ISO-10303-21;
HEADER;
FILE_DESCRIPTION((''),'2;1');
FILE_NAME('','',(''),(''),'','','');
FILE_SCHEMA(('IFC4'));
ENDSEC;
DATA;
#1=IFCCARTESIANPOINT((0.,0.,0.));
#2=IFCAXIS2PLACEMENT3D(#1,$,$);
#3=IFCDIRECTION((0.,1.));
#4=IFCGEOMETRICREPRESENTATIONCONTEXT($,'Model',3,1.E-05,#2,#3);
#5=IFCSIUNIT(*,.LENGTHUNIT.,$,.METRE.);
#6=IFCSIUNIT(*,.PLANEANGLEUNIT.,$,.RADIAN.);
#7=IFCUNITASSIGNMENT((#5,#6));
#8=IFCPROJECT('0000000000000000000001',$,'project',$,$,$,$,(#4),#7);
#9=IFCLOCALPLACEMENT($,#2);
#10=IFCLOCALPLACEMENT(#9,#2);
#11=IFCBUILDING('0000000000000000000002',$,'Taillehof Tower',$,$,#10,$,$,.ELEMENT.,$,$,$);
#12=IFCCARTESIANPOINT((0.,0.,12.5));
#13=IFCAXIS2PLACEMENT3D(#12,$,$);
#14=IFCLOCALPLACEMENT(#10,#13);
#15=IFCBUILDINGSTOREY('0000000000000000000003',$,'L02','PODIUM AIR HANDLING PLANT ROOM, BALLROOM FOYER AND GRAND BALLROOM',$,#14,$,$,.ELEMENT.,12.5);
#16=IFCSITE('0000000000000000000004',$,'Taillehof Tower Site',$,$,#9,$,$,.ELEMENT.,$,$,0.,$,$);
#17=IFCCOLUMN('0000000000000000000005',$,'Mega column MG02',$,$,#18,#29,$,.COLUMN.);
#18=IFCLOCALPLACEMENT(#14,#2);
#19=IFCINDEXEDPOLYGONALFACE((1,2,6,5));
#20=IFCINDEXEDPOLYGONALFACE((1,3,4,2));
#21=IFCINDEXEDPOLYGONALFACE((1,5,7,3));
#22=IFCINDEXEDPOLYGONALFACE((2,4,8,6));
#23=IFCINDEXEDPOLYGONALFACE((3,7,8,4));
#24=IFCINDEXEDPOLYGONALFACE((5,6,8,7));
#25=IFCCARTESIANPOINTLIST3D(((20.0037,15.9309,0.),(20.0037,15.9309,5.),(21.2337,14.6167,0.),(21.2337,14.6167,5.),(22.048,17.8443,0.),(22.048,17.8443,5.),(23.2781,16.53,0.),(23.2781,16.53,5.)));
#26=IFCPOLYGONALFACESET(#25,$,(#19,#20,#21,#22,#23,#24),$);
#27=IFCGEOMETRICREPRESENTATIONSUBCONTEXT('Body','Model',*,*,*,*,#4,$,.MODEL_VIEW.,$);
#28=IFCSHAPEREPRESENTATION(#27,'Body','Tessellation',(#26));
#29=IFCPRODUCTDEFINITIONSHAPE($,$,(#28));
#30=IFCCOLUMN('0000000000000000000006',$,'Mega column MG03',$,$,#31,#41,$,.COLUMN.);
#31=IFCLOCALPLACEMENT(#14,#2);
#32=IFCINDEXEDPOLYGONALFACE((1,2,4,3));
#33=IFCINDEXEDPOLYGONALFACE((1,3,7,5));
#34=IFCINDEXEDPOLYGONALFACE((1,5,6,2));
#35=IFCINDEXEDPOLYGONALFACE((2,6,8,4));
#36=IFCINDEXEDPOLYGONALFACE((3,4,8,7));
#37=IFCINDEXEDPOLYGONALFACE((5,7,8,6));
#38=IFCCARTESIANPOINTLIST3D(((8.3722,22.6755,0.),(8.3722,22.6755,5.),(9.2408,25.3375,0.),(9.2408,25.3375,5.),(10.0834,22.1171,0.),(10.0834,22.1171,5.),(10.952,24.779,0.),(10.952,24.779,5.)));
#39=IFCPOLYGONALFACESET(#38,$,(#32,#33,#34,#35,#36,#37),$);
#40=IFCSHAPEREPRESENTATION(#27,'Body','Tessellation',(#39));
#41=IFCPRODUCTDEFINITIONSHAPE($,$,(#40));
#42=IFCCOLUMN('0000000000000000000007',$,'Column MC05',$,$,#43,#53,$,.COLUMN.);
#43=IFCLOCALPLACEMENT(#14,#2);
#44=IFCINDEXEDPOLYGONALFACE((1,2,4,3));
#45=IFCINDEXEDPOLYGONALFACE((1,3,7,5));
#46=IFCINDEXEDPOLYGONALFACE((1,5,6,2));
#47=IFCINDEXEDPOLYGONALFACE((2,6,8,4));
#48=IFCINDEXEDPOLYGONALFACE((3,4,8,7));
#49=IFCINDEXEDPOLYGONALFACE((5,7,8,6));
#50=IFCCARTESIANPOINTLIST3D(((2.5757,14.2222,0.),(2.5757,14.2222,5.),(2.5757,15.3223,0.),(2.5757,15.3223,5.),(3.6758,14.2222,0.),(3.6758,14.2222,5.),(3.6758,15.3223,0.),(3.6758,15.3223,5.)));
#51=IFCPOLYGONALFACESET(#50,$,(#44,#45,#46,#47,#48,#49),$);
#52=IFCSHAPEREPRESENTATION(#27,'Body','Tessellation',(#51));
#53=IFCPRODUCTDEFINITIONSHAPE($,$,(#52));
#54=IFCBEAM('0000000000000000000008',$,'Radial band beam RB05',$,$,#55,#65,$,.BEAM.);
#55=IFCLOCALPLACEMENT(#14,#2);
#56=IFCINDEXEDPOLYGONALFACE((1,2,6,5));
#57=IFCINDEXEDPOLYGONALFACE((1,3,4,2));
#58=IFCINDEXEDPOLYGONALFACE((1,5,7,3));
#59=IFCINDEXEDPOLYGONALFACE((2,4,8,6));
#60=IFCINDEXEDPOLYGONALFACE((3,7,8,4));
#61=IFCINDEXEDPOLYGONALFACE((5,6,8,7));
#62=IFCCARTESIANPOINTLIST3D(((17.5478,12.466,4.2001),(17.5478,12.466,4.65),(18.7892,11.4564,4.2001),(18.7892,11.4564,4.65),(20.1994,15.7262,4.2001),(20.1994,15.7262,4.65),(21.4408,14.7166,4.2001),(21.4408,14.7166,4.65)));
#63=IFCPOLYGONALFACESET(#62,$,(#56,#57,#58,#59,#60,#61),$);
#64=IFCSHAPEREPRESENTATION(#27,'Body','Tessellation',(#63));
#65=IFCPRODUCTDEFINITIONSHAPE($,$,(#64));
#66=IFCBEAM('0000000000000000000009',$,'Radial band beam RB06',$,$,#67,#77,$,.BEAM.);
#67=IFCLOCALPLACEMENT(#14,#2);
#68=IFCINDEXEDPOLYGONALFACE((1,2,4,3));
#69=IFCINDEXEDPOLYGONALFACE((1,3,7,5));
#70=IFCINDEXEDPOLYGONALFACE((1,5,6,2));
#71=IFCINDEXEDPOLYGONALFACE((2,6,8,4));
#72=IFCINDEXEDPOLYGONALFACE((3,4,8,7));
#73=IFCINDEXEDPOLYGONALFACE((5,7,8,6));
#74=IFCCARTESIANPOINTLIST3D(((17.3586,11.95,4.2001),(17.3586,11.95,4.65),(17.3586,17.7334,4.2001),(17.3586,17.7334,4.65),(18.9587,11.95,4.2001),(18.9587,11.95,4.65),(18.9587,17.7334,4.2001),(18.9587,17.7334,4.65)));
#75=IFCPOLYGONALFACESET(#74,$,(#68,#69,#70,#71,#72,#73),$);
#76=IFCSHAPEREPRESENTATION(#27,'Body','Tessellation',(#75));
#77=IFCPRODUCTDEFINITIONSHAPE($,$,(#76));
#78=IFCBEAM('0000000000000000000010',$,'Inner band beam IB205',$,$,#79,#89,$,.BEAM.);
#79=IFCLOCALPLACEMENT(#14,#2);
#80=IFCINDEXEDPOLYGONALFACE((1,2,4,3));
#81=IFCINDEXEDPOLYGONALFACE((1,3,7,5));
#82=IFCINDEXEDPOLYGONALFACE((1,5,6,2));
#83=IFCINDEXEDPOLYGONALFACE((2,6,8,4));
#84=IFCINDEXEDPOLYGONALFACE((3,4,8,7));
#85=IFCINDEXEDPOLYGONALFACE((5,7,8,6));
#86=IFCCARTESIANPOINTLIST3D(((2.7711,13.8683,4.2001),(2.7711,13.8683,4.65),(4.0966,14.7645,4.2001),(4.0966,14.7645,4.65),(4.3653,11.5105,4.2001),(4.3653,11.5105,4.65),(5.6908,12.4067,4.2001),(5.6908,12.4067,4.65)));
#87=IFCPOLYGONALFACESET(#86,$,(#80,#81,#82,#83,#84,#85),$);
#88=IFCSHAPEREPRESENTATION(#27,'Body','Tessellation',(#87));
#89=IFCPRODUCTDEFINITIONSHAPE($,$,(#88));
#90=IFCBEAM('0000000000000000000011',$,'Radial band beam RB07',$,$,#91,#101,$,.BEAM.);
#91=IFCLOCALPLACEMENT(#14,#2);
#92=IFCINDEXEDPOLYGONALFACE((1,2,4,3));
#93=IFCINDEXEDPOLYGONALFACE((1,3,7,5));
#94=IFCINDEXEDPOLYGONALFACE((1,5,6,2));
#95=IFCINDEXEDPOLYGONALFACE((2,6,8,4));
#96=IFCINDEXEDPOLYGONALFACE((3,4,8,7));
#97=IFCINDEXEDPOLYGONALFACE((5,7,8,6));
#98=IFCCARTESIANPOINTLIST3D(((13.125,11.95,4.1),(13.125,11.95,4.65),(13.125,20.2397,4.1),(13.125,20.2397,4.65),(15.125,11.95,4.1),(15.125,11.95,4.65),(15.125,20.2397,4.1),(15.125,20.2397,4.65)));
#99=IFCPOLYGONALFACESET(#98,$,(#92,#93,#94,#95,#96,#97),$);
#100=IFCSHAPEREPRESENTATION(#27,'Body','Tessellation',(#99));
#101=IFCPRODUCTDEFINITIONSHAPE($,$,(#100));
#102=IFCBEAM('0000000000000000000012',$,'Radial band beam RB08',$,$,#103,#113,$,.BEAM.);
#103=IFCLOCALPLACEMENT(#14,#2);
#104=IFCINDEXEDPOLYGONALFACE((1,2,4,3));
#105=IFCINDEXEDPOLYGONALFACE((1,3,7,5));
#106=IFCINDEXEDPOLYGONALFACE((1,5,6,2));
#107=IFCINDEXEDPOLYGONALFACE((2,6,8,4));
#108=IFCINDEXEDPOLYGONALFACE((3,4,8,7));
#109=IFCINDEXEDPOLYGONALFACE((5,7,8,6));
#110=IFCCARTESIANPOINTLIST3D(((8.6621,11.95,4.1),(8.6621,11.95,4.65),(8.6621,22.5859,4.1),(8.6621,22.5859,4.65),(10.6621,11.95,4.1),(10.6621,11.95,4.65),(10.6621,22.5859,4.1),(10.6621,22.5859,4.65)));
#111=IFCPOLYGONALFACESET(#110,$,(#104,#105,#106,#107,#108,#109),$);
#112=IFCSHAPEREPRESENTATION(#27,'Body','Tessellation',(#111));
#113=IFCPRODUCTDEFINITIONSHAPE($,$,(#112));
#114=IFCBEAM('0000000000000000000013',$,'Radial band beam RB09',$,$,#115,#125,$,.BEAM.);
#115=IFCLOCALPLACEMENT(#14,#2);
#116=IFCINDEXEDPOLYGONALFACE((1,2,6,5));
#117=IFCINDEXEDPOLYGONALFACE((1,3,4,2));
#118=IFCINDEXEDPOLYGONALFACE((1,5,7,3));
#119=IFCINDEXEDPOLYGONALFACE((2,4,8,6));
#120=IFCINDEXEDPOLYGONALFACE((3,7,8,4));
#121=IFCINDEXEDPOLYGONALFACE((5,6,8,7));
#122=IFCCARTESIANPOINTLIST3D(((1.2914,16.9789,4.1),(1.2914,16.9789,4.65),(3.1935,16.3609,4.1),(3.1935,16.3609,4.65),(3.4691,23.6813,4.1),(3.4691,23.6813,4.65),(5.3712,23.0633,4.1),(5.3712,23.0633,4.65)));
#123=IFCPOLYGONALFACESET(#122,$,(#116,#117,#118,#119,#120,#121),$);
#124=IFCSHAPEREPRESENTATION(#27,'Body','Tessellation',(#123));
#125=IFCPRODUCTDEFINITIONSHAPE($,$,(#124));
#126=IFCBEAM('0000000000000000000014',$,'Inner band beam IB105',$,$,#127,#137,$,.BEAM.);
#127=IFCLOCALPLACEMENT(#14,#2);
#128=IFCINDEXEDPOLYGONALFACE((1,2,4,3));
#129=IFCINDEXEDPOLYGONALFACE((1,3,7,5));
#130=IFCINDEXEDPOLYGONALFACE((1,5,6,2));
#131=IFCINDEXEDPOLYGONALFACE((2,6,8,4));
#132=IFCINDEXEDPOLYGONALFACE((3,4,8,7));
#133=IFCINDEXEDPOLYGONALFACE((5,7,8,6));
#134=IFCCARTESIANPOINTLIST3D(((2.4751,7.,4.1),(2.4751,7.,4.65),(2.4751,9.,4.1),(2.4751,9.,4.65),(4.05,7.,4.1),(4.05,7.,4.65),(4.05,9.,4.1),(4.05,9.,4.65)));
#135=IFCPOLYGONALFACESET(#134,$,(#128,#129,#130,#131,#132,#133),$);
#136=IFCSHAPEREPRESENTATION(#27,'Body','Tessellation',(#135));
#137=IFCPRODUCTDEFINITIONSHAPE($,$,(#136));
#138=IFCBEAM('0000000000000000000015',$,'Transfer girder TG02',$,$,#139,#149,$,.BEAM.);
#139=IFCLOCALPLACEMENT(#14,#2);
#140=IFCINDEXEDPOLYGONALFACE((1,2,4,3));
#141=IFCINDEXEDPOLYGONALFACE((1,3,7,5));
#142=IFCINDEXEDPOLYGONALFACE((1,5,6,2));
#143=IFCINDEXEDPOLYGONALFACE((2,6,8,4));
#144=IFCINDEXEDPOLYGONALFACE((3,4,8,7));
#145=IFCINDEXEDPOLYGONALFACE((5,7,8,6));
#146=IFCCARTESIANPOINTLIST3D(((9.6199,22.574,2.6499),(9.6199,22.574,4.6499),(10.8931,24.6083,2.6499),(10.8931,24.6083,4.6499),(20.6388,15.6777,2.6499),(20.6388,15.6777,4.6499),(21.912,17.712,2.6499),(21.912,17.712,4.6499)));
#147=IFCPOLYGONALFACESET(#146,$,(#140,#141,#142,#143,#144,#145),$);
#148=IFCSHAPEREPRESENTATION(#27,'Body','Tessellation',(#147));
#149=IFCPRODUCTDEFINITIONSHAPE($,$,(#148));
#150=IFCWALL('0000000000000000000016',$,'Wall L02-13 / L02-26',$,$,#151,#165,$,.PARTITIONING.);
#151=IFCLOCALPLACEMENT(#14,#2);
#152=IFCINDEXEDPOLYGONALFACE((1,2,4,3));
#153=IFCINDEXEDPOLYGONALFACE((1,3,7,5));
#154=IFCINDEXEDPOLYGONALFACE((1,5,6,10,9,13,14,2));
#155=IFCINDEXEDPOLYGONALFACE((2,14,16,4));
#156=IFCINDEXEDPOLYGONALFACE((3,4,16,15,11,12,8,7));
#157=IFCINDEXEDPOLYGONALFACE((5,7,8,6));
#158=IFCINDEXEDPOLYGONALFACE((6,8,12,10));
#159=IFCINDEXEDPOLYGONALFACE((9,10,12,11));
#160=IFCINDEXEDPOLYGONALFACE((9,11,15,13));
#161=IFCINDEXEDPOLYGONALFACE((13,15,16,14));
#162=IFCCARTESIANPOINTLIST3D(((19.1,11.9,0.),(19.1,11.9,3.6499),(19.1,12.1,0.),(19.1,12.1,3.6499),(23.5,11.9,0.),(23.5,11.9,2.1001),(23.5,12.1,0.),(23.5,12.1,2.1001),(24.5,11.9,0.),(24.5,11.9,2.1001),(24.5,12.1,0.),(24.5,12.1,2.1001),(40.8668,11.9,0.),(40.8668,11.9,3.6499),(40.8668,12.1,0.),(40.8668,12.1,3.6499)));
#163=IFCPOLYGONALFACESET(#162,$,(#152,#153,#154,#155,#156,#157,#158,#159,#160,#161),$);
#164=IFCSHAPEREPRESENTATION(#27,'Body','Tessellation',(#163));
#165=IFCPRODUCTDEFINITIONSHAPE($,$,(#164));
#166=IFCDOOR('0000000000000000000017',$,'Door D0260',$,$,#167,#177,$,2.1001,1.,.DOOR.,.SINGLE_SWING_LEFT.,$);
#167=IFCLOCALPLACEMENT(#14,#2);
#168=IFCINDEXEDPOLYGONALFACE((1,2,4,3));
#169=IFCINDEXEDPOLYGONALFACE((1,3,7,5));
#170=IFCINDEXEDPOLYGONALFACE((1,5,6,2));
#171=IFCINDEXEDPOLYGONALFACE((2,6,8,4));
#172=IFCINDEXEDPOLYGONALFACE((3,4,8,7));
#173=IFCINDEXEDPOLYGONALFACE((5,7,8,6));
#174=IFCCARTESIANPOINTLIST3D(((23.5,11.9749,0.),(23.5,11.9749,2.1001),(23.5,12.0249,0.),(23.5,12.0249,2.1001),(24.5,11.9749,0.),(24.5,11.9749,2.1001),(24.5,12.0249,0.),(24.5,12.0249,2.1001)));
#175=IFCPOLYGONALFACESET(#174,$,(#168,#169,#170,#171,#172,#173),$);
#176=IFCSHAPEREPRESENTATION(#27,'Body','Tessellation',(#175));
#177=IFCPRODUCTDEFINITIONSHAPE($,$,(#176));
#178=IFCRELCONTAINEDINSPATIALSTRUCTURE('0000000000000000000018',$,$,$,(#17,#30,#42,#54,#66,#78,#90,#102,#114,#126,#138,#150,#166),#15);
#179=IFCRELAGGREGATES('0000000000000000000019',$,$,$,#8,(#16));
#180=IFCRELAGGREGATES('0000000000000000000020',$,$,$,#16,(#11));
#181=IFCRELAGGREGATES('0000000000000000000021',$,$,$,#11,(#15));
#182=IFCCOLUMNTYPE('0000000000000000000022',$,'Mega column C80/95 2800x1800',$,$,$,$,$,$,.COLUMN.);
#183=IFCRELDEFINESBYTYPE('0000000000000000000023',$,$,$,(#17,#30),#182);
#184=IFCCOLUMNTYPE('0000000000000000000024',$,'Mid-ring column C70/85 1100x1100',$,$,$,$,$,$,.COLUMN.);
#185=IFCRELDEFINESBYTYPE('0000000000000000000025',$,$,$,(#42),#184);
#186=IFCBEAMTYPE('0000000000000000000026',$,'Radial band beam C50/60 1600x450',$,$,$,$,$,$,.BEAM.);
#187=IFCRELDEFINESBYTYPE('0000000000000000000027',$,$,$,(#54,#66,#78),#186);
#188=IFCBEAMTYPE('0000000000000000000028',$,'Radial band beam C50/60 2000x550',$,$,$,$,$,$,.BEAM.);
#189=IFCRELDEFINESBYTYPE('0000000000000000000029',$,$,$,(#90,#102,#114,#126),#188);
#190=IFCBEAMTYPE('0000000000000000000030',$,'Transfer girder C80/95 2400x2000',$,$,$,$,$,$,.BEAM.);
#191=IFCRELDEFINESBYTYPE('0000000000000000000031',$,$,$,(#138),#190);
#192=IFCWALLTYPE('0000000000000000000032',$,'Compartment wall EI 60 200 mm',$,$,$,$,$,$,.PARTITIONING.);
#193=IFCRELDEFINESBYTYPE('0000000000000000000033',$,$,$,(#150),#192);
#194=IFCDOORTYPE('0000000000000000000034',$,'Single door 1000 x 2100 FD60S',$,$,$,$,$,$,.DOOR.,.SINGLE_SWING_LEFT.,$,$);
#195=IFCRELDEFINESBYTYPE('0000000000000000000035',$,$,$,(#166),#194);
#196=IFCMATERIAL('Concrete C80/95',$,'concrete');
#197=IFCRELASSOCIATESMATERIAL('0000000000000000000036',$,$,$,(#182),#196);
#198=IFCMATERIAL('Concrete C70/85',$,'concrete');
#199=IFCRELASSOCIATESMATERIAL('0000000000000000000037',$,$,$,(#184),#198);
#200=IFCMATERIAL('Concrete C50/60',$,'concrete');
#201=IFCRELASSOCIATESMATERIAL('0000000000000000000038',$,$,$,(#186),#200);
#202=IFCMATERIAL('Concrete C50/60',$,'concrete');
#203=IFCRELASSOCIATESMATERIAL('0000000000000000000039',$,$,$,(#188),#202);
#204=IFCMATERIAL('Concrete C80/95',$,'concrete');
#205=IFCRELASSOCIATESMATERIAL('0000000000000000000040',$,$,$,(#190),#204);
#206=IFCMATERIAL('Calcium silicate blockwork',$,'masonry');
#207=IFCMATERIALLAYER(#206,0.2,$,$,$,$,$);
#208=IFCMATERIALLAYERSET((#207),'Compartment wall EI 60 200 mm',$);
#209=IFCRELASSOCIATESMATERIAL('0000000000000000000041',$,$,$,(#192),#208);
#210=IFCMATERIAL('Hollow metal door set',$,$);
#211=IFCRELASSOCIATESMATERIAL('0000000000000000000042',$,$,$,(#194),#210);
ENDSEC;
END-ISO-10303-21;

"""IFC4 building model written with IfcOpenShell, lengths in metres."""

from ifc_helpers import new_model, si_unit, direction, frame, frame_2d, origin, origin_2d, place, context, subcontext, project, spatial, rectangle, extrude, material, layer, layer_set, material_profile, profile_set, type_object, element, fill, save


model = new_model("IFC4")

# Units and contexts
model_context = context("Model", 3, precision=1e-05, world=origin(), true_north=direction((0.0, 1.0)))
body_context = subcontext(model_context, "Body", "Model", "MODEL_VIEW")
ifc_project = project(units=[si_unit("LENGTHUNIT", "METRE"), si_unit("PLANEANGLEUNIT", "RADIAN")], contexts=[model_context])

# Site, building, storey
site_placement = place(None, origin())
site = spatial("IfcSite", under=ifc_project, at=site_placement, Name="Taillehof Tower Site", CompositionType="ELEMENT", RefElevation=0.0)
building_placement = place(site_placement, origin())
building = spatial("IfcBuilding", under=site, at=building_placement, Name="Taillehof Tower", CompositionType="ELEMENT")
storey_placement = place(building_placement, frame((0.0, 0.0, 12.5)))
storey = spatial("IfcBuildingStorey", under=building, at=storey_placement, Name="L02", Description="PODIUM AIR HANDLING PLANT ROOM, BALLROOM FOYER AND GRAND BALLROOM", CompositionType="ELEMENT", Elevation=12.5)

# Columns
ifc_material_1 = material(Name="Concrete C80/95", Category="concrete")
ifc_material_profile_1 = material_profile(ifc_material_1, rectangle(XDim=2.8, YDim=1.8, at=origin_2d()), Name="RC 2800x1800")
ifc_profile_set_1 = profile_set([ifc_material_profile_1], Name="Concrete C80/95")
column_type_1 = type_object("IfcColumnType", Name="Mega column C80/95 2800x1800", PredefinedType="COLUMN", material=ifc_profile_set_1)
for number, where, z_axis, x_axis, name in (
    (1, (21.6409, 16.2305, 0.0), (0.0, 0.0, 1.0), (0.730113, 0.683326, 0.0), "Mega column MG02"),
    (2, (9.6621, 23.7273, 0.0), (0.0, 0.0, 1.0), (0.310219, 0.950665, 0.0), "Mega column MG03"),
):
    element("IfcColumn", number, at=place(storey_placement, frame(where, z_axis=z_axis, x_axis=x_axis)), inside=storey, type_object=column_type_1, Name=name, PredefinedType="COLUMN", context=body_context, shape_type="SweptSolid", body=[
        extrude(rectangle(XDim=2.8, YDim=1.8, at=origin_2d()), origin(), (0.0, 0.0, 1.0), 5.0),
    ])
ifc_material_2 = material(Name="Concrete C70/85", Category="concrete")
ifc_material_profile_2 = material_profile(ifc_material_2, rectangle(XDim=1.1001, YDim=1.1001, at=origin_2d()), Name="RC 1100x1100")
ifc_profile_set_2 = profile_set([ifc_material_profile_2], Name="Concrete C70/85")
column_type_2 = type_object("IfcColumnType", Name="Mid-ring column C70/85 1100x1100", PredefinedType="COLUMN", material=ifc_profile_set_2)
column_placement = place(storey_placement, frame((3.1257, 14.7722, 0.0), z_axis=(0.0, 0.0, 1.0), x_axis=(1.0, 0.0, 0.0)))
element("IfcColumn", 3, at=column_placement, inside=storey, type_object=column_type_2, Name="Column MC05", PredefinedType="COLUMN", context=body_context, shape_type="SweptSolid", body=[
    extrude(rectangle(XDim=1.1001, YDim=1.1001, at=origin_2d()), origin(), (0.0, 0.0, 1.0), 5.0),
])

# Beams
ifc_material_3 = material(Name="Concrete C50/60", Category="concrete")
ifc_material_profile_3 = material_profile(ifc_material_3, rectangle(XDim=1.6001, YDim=0.45, at=origin_2d()), Name="RC 1600x450")
ifc_profile_set_3 = profile_set([ifc_material_profile_3], Name="Concrete C50/60")
beam_type_1 = type_object("IfcBeamType", Name="Radial band beam C50/60 1600x450", PredefinedType="BEAM", material=ifc_profile_set_3)
beam_1_placement = place(storey_placement, frame((20.8201, 15.2214, 4.425), z_axis=(-0.630973, -0.775805, 0.0), x_axis=(0.775805, -0.630973, 0.0)))
element("IfcBeam", 4, at=beam_1_placement, inside=storey, type_object=beam_type_1, Name="Radial band beam RB05", PredefinedType="BEAM", context=body_context, shape_type="SweptSolid", body=[
    extrude(rectangle(XDim=1.6001, YDim=0.45, at=origin_2d()), origin(), (0.0, 0.0, 1.0), 4.2024),
])
beam_2_placement = place(storey_placement, frame((18.1587, 17.7334, 4.425), z_axis=(0.0, -1.0, 0.0), x_axis=(1.0, 0.0, 0.0)))
element("IfcBeam", 5, at=beam_2_placement, inside=storey, type_object=beam_type_1, Name="Radial band beam RB06", PredefinedType="BEAM", context=body_context, shape_type="SweptSolid", body=[
    extrude(rectangle(XDim=1.6001, YDim=0.45, at=origin_2d()), origin(), (0.0, 0.0, 1.0), 5.7834),
])
beam_3_placement = place(storey_placement, frame((3.4338, 14.3164, 4.425), z_axis=(0.560112, -0.828417, 0.0), x_axis=(0.828417, 0.560112, 0.0)))
element("IfcBeam", 6, at=beam_3_placement, inside=storey, type_object=beam_type_1, Name="Inner band beam IB205", PredefinedType="BEAM", context=body_context, shape_type="SweptSolid", body=[
    extrude(rectangle(XDim=1.6001, YDim=0.45, at=origin_2d()), origin(), (0.0, 0.0, 1.0), 2.8462),
])
ifc_material_4 = material(Name="Concrete C50/60", Category="concrete")
ifc_material_profile_4 = material_profile(ifc_material_4, rectangle(XDim=2.0, YDim=0.55, at=origin_2d()), Name="RC 2000x550")
ifc_profile_set_4 = profile_set([ifc_material_profile_4], Name="Concrete C50/60")
beam_type_2 = type_object("IfcBeamType", Name="Radial band beam C50/60 2000x550", PredefinedType="BEAM", material=ifc_profile_set_4)
beam_4_placement = place(storey_placement, frame((14.125, 20.2397, 4.375), z_axis=(0.0, -1.0, 0.0), x_axis=(1.0, 0.0, 0.0)))
element("IfcBeam", 7, at=beam_4_placement, inside=storey, type_object=beam_type_2, Name="Radial band beam RB07", PredefinedType="BEAM", context=body_context, shape_type="SweptSolid", body=[
    extrude(rectangle(XDim=2.0, YDim=0.55, at=origin_2d()), origin(), (0.0, 0.0, 1.0), 8.2898),
])
beam_5_placement = place(storey_placement, frame((9.6621, 22.5859, 4.375), z_axis=(0.0, -1.0, 0.0), x_axis=(1.0, 0.0, 0.0)))
element("IfcBeam", 8, at=beam_5_placement, inside=storey, type_object=beam_type_2, Name="Radial band beam RB08", PredefinedType="BEAM", context=body_context, shape_type="SweptSolid", body=[
    extrude(rectangle(XDim=2.0, YDim=0.55, at=origin_2d()), origin(), (0.0, 0.0, 1.0), 10.636),
])
beam_6_placement = place(storey_placement, frame((4.4202, 23.3723, 4.375), z_axis=(-0.309016, -0.951057, 0.0), x_axis=(0.951057, -0.309016, 0.0)))
element("IfcBeam", 9, at=beam_6_placement, inside=storey, type_object=beam_type_2, Name="Radial band beam RB09", PredefinedType="BEAM", context=body_context, shape_type="SweptSolid", body=[
    extrude(rectangle(XDim=2.0, YDim=0.55, at=origin_2d()), origin(), (0.0, 0.0, 1.0), 7.0474),
])
beam_7_placement = place(storey_placement, frame((2.4751, 8.0, 4.375), z_axis=(1.0, 0.0, 0.0), x_axis=(0.0, 1.0, 0.0)))
element("IfcBeam", 10, at=beam_7_placement, inside=storey, type_object=beam_type_2, Name="Inner band beam IB105", PredefinedType="BEAM", context=body_context, shape_type="SweptSolid", body=[
    extrude(rectangle(XDim=2.0, YDim=0.55, at=origin_2d()), origin(), (0.0, 0.0, 1.0), 1.575),
])
ifc_material_5 = material(Name="Concrete C80/95", Category="concrete")
ifc_material_profile_5 = material_profile(ifc_material_5, rectangle(XDim=2.3999, YDim=2.0, at=origin_2d()), Name="RC 2400x2000")
ifc_profile_set_5 = profile_set([ifc_material_profile_5], Name="Concrete C80/95")
beam_type_3 = type_object("IfcBeamType", Name="Transfer girder C80/95 2400x2000", PredefinedType="BEAM", material=ifc_profile_set_5)
beam_8_placement = place(storey_placement, frame((21.2754, 16.6948, 3.6499), z_axis=(-0.84767, 0.530524, 0.0), x_axis=(-0.530524, -0.84767, 0.0)))
element("IfcBeam", 11, at=beam_8_placement, inside=storey, type_object=beam_type_3, Name="Transfer girder TG02", PredefinedType="BEAM", context=body_context, shape_type="SweptSolid", body=[
    extrude(rectangle(XDim=2.3999, YDim=2.0, at=origin_2d()), origin(), (0.0, 0.0, 1.0), 12.999),
])

# Wall, opening, door
ifc_material_6 = material(Name="Calcium silicate blockwork", Category="masonry")
ifc_layer_1 = layer(ifc_material_6, 0.2)
ifc_layer_set_1 = layer_set([ifc_layer_1], Name="Compartment wall EI 60 200 mm")
wall_type_1 = type_object("IfcWallType", Name="Compartment wall EI 60 200 mm", PredefinedType="PARTITIONING", material=ifc_layer_set_1)
wall_1_placement = place(storey_placement, frame((19.1001, 12.0, 0.0), z_axis=(0.0, 0.0, 1.0), x_axis=(1.0, 0.0, 0.0)))
wall_1 = element("IfcWall", 12, at=wall_1_placement, inside=storey, type_object=wall_type_1, Name="Wall L02-13 / L02-26", PredefinedType="PARTITIONING", context=body_context, shape_type="SweptSolid", body=[
    extrude(rectangle(XDim=21.7668, YDim=0.2, at=frame_2d((10.8833, 0.0))), origin(), (0.0, 0.0, 1.0), 3.6499),
])
opening_1_placement = place(wall_1_placement, frame((4.3999, 0.0, 0.0)))
opening_1 = element("IfcOpeningElement", 13, at=opening_1_placement, cuts=wall_1, PredefinedType="OPENING", context=body_context, shape_type="SweptSolid", body=[
    extrude(rectangle(XDim=1.0, YDim=2.1001, at=frame_2d((0.5, 1.05))), frame((0.0, 0.1099, 0.0), z_axis=(0.0, -1.0, 0.0), x_axis=(1.0, 0.0, 0.0)), (0.0, 0.0, 1.0), 0.22),
])
ifc_material_7 = material(Name="Hollow metal door set")
door_type_1 = type_object("IfcDoorType", Name="Single door 1000 x 2100 FD60S", OperationType="SINGLE_SWING_LEFT", PredefinedType="DOOR", material=ifc_material_7)
door_1_placement = place(opening_1_placement, origin())
door_1 = element("IfcDoor", 14, at=door_1_placement, inside=storey, type_object=door_type_1, Name="Door D0260", OperationType="SINGLE_SWING_LEFT", OverallHeight=2.1001, OverallWidth=1.0, PredefinedType="DOOR", context=body_context, shape_type="SweptSolid", body=[
    extrude(rectangle(XDim=1.0, YDim=2.1001, at=frame_2d((0.5, 1.05))), frame((0.0, 0.0249, 0.0), z_axis=(0.0, -1.0, 0.0), x_axis=(1.0, 0.0, 0.0)), (0.0, 0.0, 1.0), 0.05),
])
fill(opening_1, door_1)

save(model, "model.ifc")
